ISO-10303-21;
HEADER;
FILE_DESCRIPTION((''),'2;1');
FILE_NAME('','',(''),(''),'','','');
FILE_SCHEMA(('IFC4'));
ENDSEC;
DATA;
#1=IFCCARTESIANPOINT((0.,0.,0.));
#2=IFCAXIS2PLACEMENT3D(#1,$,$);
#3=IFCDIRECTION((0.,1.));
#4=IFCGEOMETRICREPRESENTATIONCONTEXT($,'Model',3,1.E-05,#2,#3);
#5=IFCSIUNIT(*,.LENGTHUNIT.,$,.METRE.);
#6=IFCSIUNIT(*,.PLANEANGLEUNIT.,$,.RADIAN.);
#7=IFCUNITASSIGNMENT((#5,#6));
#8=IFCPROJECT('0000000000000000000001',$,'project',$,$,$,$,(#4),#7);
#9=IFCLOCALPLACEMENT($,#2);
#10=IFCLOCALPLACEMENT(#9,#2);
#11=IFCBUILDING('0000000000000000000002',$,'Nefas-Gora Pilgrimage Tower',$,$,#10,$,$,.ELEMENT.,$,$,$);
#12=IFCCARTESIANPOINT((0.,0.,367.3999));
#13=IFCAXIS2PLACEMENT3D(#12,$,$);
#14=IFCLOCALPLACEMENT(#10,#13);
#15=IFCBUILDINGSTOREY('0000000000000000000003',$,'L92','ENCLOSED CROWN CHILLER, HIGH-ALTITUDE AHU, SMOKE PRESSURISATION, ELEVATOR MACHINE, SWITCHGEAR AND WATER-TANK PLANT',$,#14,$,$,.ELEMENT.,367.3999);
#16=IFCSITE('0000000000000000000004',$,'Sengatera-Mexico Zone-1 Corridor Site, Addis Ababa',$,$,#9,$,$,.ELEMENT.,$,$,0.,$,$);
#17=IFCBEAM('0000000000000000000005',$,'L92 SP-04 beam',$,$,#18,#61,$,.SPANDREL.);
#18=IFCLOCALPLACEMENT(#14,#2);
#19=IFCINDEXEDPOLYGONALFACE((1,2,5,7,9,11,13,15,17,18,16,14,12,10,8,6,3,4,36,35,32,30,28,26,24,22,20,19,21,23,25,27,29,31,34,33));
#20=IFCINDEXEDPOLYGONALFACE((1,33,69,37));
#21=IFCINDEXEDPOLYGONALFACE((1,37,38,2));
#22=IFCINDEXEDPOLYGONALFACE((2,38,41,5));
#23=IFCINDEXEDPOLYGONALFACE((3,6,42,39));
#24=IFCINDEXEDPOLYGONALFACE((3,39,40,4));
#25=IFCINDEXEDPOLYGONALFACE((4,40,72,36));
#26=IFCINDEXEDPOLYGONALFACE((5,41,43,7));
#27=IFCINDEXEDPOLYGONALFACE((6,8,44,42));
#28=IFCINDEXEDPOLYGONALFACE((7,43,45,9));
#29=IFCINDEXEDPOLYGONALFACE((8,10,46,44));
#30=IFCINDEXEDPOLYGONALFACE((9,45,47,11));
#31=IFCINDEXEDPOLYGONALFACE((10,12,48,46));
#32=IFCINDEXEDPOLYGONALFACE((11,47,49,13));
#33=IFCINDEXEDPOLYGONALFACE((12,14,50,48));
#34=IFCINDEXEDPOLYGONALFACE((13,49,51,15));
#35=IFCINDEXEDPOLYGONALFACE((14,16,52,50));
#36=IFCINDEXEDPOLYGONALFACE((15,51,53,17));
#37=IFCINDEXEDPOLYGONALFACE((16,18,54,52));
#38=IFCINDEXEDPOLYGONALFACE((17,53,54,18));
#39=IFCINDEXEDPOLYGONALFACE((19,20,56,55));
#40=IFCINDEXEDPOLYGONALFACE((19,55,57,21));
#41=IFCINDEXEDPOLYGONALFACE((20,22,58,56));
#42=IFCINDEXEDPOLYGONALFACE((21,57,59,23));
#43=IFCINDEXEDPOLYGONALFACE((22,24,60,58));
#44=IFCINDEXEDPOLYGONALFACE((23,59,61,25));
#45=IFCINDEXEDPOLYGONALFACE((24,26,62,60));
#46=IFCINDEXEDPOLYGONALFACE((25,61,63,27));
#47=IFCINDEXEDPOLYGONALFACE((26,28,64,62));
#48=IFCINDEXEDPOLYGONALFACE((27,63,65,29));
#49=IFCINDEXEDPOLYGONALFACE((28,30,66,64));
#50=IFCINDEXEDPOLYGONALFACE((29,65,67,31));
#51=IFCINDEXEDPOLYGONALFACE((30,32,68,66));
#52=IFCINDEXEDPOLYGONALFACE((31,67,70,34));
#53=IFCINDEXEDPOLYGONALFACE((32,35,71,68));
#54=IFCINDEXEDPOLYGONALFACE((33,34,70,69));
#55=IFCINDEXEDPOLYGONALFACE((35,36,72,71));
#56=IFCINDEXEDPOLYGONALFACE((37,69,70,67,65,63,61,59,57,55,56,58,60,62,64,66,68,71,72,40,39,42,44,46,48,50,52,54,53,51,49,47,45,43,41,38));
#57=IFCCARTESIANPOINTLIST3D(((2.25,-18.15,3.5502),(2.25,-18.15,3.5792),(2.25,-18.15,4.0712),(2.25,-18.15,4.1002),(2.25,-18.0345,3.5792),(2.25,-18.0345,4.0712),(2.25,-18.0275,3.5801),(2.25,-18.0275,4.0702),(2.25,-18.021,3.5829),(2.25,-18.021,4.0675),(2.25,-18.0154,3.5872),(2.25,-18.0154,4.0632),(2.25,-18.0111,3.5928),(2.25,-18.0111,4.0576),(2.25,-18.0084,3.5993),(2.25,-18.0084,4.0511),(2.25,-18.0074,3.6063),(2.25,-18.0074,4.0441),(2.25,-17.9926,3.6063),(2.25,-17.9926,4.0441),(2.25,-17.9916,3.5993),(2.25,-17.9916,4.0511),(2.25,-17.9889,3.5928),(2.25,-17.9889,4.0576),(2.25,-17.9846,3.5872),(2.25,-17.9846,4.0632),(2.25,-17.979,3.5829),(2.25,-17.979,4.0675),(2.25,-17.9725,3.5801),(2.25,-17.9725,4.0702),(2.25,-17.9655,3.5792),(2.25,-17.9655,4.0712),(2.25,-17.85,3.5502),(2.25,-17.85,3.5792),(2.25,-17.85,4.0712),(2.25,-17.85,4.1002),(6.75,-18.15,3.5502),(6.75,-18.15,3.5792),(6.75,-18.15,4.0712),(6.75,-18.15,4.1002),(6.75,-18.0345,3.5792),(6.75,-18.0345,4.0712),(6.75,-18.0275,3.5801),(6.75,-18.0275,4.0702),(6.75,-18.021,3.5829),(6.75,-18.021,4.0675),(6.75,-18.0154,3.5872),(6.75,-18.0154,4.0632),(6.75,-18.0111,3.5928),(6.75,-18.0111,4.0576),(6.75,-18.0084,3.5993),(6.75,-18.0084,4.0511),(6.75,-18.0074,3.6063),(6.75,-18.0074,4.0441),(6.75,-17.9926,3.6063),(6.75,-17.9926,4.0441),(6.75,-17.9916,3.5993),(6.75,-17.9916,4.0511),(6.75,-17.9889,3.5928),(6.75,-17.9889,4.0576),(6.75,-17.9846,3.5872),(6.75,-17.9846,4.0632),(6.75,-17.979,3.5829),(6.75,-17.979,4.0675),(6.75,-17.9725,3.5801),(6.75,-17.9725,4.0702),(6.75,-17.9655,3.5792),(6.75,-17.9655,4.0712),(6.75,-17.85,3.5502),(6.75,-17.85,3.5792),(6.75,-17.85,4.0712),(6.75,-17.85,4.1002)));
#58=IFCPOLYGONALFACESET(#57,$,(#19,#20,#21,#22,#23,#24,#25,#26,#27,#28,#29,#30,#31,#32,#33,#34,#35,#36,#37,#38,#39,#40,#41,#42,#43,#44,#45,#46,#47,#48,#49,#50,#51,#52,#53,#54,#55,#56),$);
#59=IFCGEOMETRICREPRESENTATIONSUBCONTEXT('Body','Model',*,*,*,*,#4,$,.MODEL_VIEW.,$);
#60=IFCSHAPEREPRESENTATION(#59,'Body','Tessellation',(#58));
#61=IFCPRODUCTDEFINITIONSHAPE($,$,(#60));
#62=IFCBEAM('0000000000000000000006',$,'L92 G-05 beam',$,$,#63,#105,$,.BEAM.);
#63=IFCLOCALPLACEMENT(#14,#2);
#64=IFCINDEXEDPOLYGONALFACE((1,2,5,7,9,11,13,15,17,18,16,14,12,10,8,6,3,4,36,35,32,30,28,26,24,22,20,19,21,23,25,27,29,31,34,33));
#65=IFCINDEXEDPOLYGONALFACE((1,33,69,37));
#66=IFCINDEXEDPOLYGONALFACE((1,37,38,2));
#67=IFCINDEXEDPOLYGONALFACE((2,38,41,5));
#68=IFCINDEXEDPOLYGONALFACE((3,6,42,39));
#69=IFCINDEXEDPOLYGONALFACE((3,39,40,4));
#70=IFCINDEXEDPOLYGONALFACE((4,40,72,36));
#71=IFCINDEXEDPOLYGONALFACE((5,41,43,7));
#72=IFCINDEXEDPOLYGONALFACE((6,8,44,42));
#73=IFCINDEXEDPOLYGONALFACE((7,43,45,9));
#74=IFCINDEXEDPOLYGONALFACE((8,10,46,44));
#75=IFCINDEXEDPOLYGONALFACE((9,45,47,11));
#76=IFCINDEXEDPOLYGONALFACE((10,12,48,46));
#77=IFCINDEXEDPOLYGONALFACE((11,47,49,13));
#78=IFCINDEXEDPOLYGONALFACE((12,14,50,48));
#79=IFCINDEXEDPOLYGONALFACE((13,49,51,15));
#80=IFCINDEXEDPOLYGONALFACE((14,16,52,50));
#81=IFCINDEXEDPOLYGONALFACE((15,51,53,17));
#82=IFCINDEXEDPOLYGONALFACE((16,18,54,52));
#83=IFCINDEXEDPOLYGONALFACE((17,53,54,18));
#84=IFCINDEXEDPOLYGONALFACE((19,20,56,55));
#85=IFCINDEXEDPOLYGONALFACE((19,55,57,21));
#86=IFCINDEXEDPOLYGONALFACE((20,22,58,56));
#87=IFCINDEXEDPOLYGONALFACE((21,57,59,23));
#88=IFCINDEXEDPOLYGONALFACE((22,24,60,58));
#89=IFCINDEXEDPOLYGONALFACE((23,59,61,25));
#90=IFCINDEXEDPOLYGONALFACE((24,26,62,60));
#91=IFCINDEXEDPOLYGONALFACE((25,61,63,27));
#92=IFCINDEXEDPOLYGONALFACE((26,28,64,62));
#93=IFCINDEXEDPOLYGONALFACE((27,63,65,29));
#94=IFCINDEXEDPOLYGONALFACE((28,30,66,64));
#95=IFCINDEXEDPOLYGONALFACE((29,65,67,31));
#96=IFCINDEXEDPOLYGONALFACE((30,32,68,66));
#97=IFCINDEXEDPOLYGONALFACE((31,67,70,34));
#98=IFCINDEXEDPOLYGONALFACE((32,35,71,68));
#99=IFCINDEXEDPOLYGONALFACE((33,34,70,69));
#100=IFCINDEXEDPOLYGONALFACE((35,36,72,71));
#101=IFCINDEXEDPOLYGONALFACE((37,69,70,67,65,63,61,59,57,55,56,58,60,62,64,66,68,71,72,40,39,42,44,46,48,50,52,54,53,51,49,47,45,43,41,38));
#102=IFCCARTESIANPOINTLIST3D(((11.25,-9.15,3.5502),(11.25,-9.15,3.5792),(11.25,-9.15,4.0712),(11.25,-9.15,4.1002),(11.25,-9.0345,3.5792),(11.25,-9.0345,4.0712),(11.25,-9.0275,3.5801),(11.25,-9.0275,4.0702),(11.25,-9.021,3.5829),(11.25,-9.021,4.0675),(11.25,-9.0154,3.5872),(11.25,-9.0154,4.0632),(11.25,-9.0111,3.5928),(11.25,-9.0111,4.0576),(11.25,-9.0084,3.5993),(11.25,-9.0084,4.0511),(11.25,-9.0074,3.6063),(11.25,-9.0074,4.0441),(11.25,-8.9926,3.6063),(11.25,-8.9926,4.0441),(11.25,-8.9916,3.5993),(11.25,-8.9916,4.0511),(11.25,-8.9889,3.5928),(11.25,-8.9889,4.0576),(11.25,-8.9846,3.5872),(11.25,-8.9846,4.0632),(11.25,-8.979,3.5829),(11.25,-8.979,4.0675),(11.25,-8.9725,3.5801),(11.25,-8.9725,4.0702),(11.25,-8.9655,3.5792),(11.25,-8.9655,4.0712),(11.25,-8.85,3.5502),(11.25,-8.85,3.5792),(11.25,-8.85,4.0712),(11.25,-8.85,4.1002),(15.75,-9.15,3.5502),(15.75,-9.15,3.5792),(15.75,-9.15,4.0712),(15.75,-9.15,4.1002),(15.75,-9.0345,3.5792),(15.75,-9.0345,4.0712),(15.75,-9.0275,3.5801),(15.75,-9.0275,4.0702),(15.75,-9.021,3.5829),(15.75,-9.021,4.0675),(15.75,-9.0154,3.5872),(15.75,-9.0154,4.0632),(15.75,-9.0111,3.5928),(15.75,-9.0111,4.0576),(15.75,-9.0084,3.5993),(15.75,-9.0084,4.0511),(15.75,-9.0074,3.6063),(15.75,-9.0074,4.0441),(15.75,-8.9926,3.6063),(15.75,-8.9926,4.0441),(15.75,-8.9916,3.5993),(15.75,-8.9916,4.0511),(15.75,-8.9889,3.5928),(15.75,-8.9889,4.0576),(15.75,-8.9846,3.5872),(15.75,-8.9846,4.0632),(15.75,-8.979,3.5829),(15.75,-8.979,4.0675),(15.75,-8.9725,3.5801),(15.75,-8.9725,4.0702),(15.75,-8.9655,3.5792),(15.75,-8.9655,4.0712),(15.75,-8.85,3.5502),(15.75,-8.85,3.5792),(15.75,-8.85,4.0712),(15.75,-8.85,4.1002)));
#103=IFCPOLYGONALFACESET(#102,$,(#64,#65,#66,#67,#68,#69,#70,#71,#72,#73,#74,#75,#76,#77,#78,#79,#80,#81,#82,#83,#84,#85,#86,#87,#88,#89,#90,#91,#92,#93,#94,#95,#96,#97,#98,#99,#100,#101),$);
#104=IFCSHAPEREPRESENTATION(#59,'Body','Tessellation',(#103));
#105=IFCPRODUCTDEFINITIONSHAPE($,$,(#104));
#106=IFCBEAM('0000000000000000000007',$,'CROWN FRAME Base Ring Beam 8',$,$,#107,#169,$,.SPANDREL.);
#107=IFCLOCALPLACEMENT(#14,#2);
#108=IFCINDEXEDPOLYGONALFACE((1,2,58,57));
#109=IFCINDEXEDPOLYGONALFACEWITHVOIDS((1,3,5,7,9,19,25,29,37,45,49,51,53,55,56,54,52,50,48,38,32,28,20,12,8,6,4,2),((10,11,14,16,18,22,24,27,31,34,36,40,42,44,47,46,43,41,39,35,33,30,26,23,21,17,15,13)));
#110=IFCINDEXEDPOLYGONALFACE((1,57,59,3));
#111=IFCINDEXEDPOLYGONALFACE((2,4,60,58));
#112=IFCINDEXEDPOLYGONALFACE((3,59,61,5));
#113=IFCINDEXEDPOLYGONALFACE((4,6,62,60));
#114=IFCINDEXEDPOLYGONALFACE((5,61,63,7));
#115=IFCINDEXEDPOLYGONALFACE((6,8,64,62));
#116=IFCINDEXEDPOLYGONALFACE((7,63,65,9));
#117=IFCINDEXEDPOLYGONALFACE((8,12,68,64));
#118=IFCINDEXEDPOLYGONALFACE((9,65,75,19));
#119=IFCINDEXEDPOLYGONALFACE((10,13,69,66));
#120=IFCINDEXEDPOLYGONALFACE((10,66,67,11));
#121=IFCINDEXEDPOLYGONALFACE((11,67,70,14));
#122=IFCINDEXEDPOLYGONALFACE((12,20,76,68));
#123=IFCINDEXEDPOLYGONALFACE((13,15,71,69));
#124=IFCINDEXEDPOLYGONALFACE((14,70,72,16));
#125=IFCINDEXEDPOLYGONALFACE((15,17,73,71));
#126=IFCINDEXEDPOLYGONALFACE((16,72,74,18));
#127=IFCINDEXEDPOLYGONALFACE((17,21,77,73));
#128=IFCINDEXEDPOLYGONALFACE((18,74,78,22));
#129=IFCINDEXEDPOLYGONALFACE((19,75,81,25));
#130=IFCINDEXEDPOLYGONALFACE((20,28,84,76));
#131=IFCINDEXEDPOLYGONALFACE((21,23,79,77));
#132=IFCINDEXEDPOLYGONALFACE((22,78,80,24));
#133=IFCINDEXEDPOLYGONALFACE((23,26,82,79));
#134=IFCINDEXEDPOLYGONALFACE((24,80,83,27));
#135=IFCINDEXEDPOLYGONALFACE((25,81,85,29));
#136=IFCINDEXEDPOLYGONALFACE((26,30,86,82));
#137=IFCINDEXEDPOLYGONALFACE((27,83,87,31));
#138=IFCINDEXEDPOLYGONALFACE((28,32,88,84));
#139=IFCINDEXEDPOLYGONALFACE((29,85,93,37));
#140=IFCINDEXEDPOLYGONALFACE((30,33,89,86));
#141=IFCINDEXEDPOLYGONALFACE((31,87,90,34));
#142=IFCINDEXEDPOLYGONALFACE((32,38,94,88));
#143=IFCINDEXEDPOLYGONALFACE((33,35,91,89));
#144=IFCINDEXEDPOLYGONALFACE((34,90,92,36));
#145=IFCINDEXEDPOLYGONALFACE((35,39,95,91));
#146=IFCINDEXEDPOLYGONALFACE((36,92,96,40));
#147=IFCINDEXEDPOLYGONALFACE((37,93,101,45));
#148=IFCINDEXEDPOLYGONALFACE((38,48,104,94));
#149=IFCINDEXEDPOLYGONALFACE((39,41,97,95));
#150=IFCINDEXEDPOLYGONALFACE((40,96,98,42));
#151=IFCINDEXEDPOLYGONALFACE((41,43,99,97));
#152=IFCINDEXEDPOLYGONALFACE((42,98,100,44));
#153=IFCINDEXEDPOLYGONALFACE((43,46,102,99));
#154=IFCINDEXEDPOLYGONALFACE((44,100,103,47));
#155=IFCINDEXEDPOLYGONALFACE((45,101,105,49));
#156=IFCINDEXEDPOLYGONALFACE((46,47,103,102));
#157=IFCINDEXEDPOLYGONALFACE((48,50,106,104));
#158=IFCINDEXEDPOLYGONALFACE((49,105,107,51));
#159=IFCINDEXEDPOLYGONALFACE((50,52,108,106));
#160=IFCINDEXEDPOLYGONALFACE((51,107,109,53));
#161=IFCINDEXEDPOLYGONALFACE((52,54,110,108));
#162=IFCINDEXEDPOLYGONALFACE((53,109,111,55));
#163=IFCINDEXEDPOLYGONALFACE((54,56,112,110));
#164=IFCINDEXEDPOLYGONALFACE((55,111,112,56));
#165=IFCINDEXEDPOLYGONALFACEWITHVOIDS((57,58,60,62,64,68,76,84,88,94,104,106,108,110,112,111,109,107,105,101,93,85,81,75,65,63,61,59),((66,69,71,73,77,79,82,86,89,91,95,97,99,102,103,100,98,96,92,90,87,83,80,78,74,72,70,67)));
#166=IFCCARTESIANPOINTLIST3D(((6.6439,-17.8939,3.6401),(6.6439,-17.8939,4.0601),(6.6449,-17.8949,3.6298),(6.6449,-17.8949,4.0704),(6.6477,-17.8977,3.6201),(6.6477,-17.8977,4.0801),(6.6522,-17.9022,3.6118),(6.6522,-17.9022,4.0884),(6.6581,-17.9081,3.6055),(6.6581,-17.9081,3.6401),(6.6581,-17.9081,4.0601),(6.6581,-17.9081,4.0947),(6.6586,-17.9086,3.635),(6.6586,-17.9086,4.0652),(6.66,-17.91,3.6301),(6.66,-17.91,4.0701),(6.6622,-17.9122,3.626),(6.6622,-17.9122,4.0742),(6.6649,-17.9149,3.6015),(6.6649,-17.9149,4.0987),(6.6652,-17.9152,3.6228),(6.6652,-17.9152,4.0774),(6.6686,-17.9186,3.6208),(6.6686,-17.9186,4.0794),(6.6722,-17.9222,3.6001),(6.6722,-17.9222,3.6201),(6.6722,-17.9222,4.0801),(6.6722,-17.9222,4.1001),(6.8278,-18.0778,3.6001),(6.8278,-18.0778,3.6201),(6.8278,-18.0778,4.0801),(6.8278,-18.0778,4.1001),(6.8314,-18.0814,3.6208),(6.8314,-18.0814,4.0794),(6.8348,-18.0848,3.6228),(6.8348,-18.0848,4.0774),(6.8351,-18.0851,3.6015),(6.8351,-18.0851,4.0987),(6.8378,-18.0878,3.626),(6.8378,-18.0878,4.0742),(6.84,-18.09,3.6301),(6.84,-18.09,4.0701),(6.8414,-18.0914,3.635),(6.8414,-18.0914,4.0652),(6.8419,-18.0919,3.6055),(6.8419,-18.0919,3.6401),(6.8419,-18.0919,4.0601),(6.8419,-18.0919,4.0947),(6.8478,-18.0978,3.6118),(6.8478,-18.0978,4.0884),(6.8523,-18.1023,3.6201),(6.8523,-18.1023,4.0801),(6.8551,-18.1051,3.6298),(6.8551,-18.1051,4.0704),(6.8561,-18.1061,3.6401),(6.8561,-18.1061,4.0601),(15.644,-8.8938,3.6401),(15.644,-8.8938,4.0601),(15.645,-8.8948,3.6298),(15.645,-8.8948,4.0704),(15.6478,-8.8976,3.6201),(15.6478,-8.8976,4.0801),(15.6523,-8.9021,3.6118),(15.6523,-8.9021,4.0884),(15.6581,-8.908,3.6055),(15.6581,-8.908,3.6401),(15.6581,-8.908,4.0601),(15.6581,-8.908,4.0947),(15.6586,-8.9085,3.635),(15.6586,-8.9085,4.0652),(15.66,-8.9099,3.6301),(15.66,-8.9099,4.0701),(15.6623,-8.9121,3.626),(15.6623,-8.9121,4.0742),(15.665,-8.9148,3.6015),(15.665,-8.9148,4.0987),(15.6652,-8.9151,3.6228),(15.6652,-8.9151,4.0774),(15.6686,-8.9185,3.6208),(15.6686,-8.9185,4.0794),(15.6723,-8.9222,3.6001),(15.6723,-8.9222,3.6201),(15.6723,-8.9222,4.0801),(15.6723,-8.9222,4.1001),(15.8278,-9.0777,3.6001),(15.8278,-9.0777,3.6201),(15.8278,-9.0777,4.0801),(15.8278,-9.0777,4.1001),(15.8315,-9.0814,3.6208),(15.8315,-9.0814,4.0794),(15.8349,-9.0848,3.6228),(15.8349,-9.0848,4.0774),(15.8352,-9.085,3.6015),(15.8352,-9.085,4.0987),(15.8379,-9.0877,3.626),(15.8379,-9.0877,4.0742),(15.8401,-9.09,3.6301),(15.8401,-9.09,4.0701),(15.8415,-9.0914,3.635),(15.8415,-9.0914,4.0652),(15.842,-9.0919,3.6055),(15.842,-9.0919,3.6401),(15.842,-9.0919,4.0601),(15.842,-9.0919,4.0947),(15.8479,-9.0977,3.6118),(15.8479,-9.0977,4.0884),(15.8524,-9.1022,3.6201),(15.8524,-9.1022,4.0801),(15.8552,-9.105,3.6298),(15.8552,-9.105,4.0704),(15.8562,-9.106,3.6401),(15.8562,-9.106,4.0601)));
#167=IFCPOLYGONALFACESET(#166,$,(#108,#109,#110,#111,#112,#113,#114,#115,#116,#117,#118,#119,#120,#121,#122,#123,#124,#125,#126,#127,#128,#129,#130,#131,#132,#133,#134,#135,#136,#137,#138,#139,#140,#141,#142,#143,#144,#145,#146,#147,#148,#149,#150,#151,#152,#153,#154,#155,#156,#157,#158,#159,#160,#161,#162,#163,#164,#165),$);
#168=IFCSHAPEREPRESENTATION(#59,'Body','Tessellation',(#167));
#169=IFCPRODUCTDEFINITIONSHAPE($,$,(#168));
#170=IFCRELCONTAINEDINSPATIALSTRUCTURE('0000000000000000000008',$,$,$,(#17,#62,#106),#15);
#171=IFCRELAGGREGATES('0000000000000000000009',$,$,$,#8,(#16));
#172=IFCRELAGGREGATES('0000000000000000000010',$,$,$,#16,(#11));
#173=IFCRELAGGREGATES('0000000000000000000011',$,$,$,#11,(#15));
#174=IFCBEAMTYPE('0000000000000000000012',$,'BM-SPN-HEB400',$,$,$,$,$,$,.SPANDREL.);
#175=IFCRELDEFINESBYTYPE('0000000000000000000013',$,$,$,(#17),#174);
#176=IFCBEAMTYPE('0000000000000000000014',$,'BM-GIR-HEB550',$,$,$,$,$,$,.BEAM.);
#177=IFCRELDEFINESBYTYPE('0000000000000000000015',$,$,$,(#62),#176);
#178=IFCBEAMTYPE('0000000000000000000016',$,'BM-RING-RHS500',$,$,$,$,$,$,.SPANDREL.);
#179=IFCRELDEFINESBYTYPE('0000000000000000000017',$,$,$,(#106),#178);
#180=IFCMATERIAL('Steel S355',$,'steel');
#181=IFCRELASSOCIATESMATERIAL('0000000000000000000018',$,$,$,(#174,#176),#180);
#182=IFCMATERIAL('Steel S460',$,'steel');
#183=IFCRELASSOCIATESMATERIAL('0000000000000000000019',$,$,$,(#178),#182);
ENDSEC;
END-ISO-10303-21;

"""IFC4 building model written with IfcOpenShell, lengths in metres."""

from ifc_helpers import new_model, si_unit, direction, frame, origin, origin_2d, place, context, subcontext, project, spatial, hollow_rectangle, i_section, extrude, source, transform, mapped, material, material_profile, profile_set, type_object, element, save


model = new_model("IFC4")

# Units and contexts
model_context = context("Model", 3, precision=1e-05, world=origin(), true_north=direction((0.0, 1.0)))
body_context = subcontext(model_context, "Body", "Model", "MODEL_VIEW")
ifc_project = project(units=[si_unit("LENGTHUNIT", "METRE"), si_unit("PLANEANGLEUNIT", "RADIAN")], contexts=[model_context])

# Site, building, storey
site_placement = place(None, origin())
site = spatial("IfcSite", under=ifc_project, at=site_placement, Name="Sengatera-Mexico Zone-1 Corridor Site, Addis Ababa", CompositionType="ELEMENT", RefElevation=0.0)
building_placement = place(site_placement, origin())
building = spatial("IfcBuilding", under=site, at=building_placement, Name="Nefas-Gora Pilgrimage Tower", CompositionType="ELEMENT")
storey_placement = place(building_placement, frame((0.0, 0.0, 367.3999)))
storey = spatial("IfcBuildingStorey", under=building, at=storey_placement, Name="L92", Description="ENCLOSED CROWN CHILLER, HIGH-ALTITUDE AHU, SMOKE PRESSURISATION, ELEVATOR MACHINE, SWITCHGEAR AND WATER-TANK PLANT", CompositionType="ELEMENT", Elevation=367.3999)

# Shared definitions
ifc_material_1 = material(Name="Steel S355", Category="steel")

# Beams
ifc_material_profile_1 = material_profile(ifc_material_1, i_section(OverallWidth=0.3, OverallDepth=0.55, WebThickness=0.0149, FlangeThickness=0.0291, FilletRadius=0.0271, at=origin_2d()), Name="HEB 550")
ifc_profile_set_1 = profile_set([ifc_material_profile_1], Name="Steel S355")
beam_type_1 = type_object("IfcBeamType", Name="BM-SPN-HEB400", PredefinedType="SPANDREL", material=ifc_profile_set_1)
shared_shape_1 = source(origin(), body_context, "Body", "SweptSolid", [
    extrude(i_section(OverallWidth=0.3, OverallDepth=0.55, WebThickness=0.0149, FlangeThickness=0.0291, FilletRadius=0.0271, at=origin_2d()), origin(), (0.0, 0.0, 1.0), 4.5),
])
beam_1_placement = place(storey_placement, frame((2.25, -18.0, 3.8252), z_axis=(1.0, 0.0, 0.0), x_axis=(0.0, 1.0, 0.0)))
element("IfcBeam", 1, at=beam_1_placement, inside=storey, type_object=beam_type_1, Name="L92 SP-04 beam", PredefinedType="SPANDREL", context=body_context, shape_type="MappedRepresentation", body=[
    mapped(shared_shape_1, transform((0.0, 0.0, 0.0), x_axis=(1.0, 0.0, 0.0), y_axis=(0.0, 1.0, 0.0), z_axis=(0.0, 0.0, 1.0), scale=1.0)),
])
ifc_material_profile_2 = material_profile(ifc_material_1, i_section(OverallWidth=0.3, OverallDepth=0.55, WebThickness=0.0149, FlangeThickness=0.0291, FilletRadius=0.0271, at=origin_2d()), Name="HEB 550")
ifc_profile_set_2 = profile_set([ifc_material_profile_2], Name="Steel S355")
beam_type_2 = type_object("IfcBeamType", Name="BM-GIR-HEB550", PredefinedType="BEAM", material=ifc_profile_set_2)
shared_shape_2 = source(origin(), body_context, "Body", "SweptSolid", [
    extrude(i_section(OverallWidth=0.3, OverallDepth=0.55, WebThickness=0.0149, FlangeThickness=0.0291, FilletRadius=0.0271, at=origin_2d()), origin(), (0.0, 0.0, 1.0), 4.5),
])
beam_2_placement = place(storey_placement, frame((11.25, -9.0, 3.8252), z_axis=(1.0, 0.0, 0.0), x_axis=(0.0, 1.0, 0.0)))
element("IfcBeam", 2, at=beam_2_placement, inside=storey, type_object=beam_type_2, Name="L92 G-05 beam", PredefinedType="BEAM", context=body_context, shape_type="MappedRepresentation", body=[
    mapped(shared_shape_2, transform((0.0, 0.0, 0.0), x_axis=(1.0, 0.0, 0.0), y_axis=(0.0, 1.0, 0.0), z_axis=(0.0, 0.0, 1.0), scale=1.0)),
])
ifc_material_2 = material(Name="Steel S460", Category="steel")
ifc_material_profile_3 = material_profile(ifc_material_2, hollow_rectangle(XDim=0.3, YDim=0.5, WallThickness=0.02, InnerFilletRadius=0.02, OuterFilletRadius=0.04, at=origin_2d()), Name="RHS 500x300x20")
ifc_profile_set_3 = profile_set([ifc_material_profile_3], Name="Steel S460")
beam_type_3 = type_object("IfcBeamType", Name="BM-RING-RHS500", PredefinedType="SPANDREL", material=ifc_profile_set_3)
shared_shape_3 = source(origin(), body_context, "Body", "SweptSolid", [
    extrude(hollow_rectangle(XDim=0.3, YDim=0.5, WallThickness=0.02, InnerFilletRadius=0.02, OuterFilletRadius=0.04, at=origin_2d()), origin(), (0.0, 0.0, 1.0), 12.728),
])
beam_3_placement = place(storey_placement, frame((6.75, -18.0, 3.8501), z_axis=(0.707107, 0.707107, 0.0), x_axis=(-0.707107, 0.707107, 0.0)))
element("IfcBeam", 3, at=beam_3_placement, inside=storey, type_object=beam_type_3, Name="CROWN FRAME Base Ring Beam 8", PredefinedType="SPANDREL", context=body_context, shape_type="MappedRepresentation", body=[
    mapped(shared_shape_3, transform((0.0, 0.0, 0.0), x_axis=(1.0, 0.0, 0.0), y_axis=(0.0, 1.0, 0.0), z_axis=(0.0, 0.0, 1.0), scale=1.0)),
])

save(model, "model.ifc")
